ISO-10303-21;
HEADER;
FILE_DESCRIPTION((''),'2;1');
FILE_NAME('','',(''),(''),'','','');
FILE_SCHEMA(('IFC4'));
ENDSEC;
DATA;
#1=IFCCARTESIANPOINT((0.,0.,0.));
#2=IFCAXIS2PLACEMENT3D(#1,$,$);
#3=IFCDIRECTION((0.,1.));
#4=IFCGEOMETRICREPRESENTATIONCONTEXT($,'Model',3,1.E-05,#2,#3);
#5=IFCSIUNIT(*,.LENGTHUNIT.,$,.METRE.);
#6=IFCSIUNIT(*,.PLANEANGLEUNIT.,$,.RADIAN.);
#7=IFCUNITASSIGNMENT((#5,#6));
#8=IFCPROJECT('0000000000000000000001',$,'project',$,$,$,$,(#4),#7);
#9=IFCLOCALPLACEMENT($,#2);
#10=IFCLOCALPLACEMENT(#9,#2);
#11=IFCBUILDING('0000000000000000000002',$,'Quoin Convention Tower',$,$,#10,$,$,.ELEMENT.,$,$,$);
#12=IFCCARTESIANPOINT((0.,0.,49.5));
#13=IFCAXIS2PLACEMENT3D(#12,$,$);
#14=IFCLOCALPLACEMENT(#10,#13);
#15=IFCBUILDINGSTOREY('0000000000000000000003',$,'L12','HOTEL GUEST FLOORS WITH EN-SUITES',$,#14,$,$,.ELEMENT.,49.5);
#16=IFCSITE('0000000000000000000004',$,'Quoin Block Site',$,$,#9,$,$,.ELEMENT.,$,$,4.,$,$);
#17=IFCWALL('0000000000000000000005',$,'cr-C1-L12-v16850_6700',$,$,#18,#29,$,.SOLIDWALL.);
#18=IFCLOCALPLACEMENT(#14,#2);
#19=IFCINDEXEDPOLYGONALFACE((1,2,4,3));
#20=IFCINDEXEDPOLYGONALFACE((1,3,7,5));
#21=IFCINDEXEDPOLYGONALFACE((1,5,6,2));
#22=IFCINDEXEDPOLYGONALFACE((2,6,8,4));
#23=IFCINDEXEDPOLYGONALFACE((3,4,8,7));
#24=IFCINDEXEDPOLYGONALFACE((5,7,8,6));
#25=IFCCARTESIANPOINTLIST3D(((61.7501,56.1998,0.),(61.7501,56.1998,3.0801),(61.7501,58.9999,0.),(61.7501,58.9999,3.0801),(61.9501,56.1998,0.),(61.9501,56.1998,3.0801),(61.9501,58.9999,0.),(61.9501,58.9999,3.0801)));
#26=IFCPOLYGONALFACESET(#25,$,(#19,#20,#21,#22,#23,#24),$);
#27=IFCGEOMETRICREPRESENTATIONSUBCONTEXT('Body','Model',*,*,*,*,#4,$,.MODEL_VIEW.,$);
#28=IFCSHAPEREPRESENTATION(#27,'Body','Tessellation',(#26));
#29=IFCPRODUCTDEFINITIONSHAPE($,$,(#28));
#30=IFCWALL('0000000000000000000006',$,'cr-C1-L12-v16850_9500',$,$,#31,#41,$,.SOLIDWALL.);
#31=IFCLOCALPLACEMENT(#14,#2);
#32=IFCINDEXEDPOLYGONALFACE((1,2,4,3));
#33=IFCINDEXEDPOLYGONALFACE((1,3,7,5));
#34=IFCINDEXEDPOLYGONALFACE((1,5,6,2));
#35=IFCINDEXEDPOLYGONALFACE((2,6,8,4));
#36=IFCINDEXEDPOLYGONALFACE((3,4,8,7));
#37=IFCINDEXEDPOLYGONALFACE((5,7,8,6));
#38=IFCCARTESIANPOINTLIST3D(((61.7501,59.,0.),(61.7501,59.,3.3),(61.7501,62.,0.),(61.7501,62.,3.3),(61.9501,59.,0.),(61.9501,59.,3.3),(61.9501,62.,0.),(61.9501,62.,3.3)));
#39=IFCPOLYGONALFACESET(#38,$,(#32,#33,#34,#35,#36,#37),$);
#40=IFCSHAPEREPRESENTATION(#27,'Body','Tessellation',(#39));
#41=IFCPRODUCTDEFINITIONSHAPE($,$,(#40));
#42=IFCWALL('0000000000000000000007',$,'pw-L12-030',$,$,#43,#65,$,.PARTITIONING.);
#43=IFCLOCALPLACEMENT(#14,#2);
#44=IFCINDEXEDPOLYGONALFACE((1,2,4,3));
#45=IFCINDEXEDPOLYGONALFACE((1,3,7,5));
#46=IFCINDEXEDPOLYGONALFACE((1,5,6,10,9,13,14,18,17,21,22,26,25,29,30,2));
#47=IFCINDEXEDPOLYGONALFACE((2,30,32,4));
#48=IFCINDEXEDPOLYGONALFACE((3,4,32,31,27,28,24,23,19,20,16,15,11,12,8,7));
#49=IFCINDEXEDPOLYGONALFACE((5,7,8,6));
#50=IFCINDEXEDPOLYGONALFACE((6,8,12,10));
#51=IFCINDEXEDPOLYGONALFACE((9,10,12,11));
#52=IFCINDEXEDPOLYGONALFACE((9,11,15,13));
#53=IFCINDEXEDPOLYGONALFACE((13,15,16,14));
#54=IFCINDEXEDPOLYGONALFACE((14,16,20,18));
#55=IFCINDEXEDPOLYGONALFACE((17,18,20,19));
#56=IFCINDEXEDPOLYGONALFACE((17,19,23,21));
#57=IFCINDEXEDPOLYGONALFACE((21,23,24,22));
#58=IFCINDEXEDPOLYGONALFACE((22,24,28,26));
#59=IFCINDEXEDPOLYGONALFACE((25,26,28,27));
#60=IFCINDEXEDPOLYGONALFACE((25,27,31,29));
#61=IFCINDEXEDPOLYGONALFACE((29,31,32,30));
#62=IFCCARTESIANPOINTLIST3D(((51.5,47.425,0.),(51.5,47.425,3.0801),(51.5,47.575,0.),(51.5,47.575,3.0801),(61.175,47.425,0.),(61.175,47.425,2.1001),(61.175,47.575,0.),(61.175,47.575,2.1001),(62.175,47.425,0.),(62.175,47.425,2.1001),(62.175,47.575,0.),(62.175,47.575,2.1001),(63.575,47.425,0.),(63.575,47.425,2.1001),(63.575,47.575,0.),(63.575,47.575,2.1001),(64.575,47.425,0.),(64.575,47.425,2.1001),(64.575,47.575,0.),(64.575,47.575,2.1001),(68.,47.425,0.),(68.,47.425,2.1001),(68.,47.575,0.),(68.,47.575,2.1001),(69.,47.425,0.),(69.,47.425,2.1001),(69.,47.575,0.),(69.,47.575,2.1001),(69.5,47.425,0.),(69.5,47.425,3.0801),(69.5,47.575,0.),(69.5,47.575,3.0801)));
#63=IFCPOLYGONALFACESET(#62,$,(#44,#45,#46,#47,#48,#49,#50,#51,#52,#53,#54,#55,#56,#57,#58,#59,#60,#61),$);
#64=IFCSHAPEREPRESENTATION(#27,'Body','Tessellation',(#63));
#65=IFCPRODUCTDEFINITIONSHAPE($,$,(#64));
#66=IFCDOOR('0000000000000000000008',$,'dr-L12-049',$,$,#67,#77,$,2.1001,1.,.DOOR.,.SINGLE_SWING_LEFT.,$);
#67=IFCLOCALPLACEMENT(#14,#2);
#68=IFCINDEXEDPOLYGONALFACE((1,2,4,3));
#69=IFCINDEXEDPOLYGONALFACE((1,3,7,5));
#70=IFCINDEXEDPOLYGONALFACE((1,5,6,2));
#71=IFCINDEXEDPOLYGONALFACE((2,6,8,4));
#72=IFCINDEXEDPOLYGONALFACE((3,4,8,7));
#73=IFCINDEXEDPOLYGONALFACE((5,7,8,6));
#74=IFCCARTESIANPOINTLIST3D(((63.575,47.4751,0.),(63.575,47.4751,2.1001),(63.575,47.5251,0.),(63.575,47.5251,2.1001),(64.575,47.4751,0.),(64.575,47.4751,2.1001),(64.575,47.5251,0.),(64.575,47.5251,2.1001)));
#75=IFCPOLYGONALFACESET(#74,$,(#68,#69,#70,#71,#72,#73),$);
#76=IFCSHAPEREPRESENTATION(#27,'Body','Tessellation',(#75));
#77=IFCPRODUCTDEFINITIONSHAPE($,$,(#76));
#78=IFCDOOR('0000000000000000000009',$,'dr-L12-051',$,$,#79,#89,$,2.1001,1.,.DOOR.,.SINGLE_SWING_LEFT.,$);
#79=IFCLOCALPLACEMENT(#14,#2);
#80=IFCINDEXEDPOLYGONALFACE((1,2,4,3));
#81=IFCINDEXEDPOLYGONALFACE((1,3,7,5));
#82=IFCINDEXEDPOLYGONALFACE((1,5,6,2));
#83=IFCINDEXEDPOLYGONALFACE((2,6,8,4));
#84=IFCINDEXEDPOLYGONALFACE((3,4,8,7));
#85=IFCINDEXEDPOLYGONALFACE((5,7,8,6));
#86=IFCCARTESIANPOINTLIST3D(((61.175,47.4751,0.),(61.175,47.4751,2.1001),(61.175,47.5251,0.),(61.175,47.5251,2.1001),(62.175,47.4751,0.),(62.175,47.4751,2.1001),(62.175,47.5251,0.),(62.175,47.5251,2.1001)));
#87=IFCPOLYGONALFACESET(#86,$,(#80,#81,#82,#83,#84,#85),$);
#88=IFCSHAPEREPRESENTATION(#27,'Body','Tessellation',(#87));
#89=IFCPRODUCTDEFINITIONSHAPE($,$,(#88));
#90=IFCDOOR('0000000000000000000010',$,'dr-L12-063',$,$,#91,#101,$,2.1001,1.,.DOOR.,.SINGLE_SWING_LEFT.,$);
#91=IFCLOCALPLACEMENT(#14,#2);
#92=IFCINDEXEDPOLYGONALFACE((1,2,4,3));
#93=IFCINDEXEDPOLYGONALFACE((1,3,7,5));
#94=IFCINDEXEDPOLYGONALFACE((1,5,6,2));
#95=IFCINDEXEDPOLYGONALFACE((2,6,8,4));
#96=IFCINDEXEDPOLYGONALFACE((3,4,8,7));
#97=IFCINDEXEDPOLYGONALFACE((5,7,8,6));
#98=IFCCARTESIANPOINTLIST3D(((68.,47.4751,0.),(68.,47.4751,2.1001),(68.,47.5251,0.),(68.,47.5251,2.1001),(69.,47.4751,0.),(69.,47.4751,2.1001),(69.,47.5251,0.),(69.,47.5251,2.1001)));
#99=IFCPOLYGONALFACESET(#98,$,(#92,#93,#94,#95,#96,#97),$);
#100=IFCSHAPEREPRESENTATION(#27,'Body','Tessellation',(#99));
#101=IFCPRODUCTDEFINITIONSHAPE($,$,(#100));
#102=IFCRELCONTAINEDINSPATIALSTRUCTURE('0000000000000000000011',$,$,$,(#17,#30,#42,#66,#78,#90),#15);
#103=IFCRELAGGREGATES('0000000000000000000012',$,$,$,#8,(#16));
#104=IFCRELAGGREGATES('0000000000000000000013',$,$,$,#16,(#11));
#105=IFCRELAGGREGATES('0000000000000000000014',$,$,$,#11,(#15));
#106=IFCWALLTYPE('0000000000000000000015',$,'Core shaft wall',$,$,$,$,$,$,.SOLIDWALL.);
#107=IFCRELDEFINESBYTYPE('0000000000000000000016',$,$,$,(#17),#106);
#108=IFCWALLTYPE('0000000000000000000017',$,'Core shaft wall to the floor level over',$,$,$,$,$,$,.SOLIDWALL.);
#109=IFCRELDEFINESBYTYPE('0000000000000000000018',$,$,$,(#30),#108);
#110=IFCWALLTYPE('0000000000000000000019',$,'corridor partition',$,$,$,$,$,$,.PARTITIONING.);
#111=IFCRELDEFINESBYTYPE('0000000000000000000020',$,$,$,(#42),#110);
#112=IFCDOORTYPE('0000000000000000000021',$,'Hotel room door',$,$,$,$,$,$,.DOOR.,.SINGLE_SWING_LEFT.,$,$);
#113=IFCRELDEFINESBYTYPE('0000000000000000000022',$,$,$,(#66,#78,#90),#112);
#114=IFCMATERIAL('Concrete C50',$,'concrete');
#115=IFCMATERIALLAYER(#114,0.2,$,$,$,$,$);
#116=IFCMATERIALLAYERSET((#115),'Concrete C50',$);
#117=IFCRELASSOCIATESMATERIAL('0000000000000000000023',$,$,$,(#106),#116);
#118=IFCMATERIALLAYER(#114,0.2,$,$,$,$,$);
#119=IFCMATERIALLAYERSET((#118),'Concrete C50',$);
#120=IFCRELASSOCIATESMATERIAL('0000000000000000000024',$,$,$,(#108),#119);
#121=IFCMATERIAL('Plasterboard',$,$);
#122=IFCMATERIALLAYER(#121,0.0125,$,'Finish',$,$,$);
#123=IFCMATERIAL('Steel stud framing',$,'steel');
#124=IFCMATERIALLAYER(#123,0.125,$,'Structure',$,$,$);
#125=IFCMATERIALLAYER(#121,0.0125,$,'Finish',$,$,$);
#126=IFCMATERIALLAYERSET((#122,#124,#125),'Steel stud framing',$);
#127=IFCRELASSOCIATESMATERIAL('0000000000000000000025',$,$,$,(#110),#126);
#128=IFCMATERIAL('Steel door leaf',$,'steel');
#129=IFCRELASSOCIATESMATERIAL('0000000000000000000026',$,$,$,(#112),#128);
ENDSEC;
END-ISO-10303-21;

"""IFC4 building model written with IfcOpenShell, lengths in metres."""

from ifc_helpers import new_model, si_unit, direction, frame, frame_2d, origin, place, context, subcontext, project, spatial, rectangle, extrude, material, layer, layer_set, type_object, element, fill, save


model = new_model("IFC4")

# Units and contexts
model_context = context("Model", 3, precision=1e-05, world=origin(), true_north=direction((0.0, 1.0)))
body_context = subcontext(model_context, "Body", "Model", "MODEL_VIEW")
ifc_project = project(units=[si_unit("LENGTHUNIT", "METRE"), si_unit("PLANEANGLEUNIT", "RADIAN")], contexts=[model_context])

# Site, building, storey
site_placement = place(None, origin())
site = spatial("IfcSite", under=ifc_project, at=site_placement, Name="Quoin Block Site", CompositionType="ELEMENT", RefElevation=4.0)
building_placement = place(site_placement, origin())
building = spatial("IfcBuilding", under=site, at=building_placement, Name="Quoin Convention Tower", CompositionType="ELEMENT")
storey_placement = place(building_placement, frame((0.0, 0.0, 49.5)))
storey = spatial("IfcBuildingStorey", under=building, at=storey_placement, Name="L12", Description="HOTEL GUEST FLOORS WITH EN-SUITES", CompositionType="ELEMENT", Elevation=49.5)

# Shared definitions
ifc_material_1 = material(Name="Plasterboard")
ifc_material_2 = material(Name="Steel stud framing", Category="steel")
ifc_material_3 = material(Name="Steel door leaf", Category="steel")

# Walls
ifc_material_4 = material(Name="Concrete C50", Category="concrete")
ifc_layer_1 = layer(ifc_material_4, 0.2)
ifc_layer_set_1 = layer_set([ifc_layer_1], Name="Concrete C50")
wall_type_1 = type_object("IfcWallType", Name="Core shaft wall", PredefinedType="SOLIDWALL", material=ifc_layer_set_1)
wall_1_placement = place(storey_placement, frame((61.8501, 56.2, 0.0), z_axis=(0.0, 0.0, 1.0), x_axis=(0.0, 1.0, 0.0)))
element("IfcWall", 1, at=wall_1_placement, inside=storey, type_object=wall_type_1, Name="cr-C1-L12-v16850_6700", PredefinedType="SOLIDWALL", context=body_context, shape_type="SweptSolid", body=[
    extrude(rectangle(XDim=2.8, YDim=0.2, at=frame_2d((1.3999, 0.0))), origin(), (0.0, 0.0, 1.0), 3.0801),
])
ifc_layer_2 = layer(ifc_material_4, 0.2)
ifc_layer_set_2 = layer_set([ifc_layer_2], Name="Concrete C50")
wall_type_2 = type_object("IfcWallType", Name="Core shaft wall to the floor level over", PredefinedType="SOLIDWALL", material=ifc_layer_set_2)
wall_2_placement = place(storey_placement, frame((61.8501, 59.0, 0.0), z_axis=(0.0, 0.0, 1.0), x_axis=(0.0, 1.0, 0.0)))
element("IfcWall", 2, at=wall_2_placement, inside=storey, type_object=wall_type_2, Name="cr-C1-L12-v16850_9500", PredefinedType="SOLIDWALL", context=body_context, shape_type="SweptSolid", body=[
    extrude(rectangle(XDim=3.0, YDim=0.2, at=frame_2d((1.5, 0.0))), origin(), (0.0, 0.0, 1.0), 3.3),
])

# Wall, openings, doors
ifc_layer_3 = layer(ifc_material_1, 0.0125, Name="Finish")
ifc_layer_4 = layer(ifc_material_2, 0.125, Name="Structure")
ifc_layer_5 = layer(ifc_material_1, 0.0125, Name="Finish")
ifc_layer_set_3 = layer_set([ifc_layer_3, ifc_layer_4, ifc_layer_5], Name="Steel stud framing")
wall_type_3 = type_object("IfcWallType", Name="corridor partition", PredefinedType="PARTITIONING", material=ifc_layer_set_3)
wall_3_placement = place(storey_placement, frame((51.5, 47.5, 0.0), z_axis=(0.0, 0.0, 1.0), x_axis=(1.0, 0.0, 0.0)))
wall_3 = element("IfcWall", 3, at=wall_3_placement, inside=storey, type_object=wall_type_3, Name="pw-L12-030", PredefinedType="PARTITIONING", context=body_context, shape_type="SweptSolid", body=[
    extrude(rectangle(XDim=18.0, YDim=0.1499, at=frame_2d((9.0, 0.0))), origin(), (0.0, 0.0, 1.0), 3.0801),
])
opening_1_placement = place(wall_3_placement, frame((12.075, 0.0, 0.0)))
opening_1 = element("IfcOpeningElement", 4, at=opening_1_placement, cuts=wall_3, PredefinedType="OPENING", context=body_context, shape_type="SweptSolid", body=[
    extrude(rectangle(XDim=1.0, YDim=2.1001, at=frame_2d((0.5, 1.05))), frame((0.0, 0.085, 0.0), z_axis=(0.0, -1.0, 0.0), x_axis=(1.0, 0.0, 0.0)), (0.0, 0.0, 1.0), 0.1699),
])
opening_2_placement = place(wall_3_placement, frame((9.675, 0.0, 0.0)))
opening_2 = element("IfcOpeningElement", 5, at=opening_2_placement, cuts=wall_3, PredefinedType="OPENING", context=body_context, shape_type="SweptSolid", body=[
    extrude(rectangle(XDim=1.0, YDim=2.1001, at=frame_2d((0.5, 1.05))), frame((0.0, 0.085, 0.0), z_axis=(0.0, -1.0, 0.0), x_axis=(1.0, 0.0, 0.0)), (0.0, 0.0, 1.0), 0.1699),
])
opening_3_placement = place(wall_3_placement, frame((16.5, 0.0, 0.0)))
opening_3 = element("IfcOpeningElement", 6, at=opening_3_placement, cuts=wall_3, PredefinedType="OPENING", context=body_context, shape_type="SweptSolid", body=[
    extrude(rectangle(XDim=1.0, YDim=2.1001, at=frame_2d((0.5, 1.05))), frame((0.0, 0.085, 0.0), z_axis=(0.0, -1.0, 0.0), x_axis=(1.0, 0.0, 0.0)), (0.0, 0.0, 1.0), 0.1699),
])
door_type_1 = type_object("IfcDoorType", Name="Hotel room door", OperationType="SINGLE_SWING_LEFT", PredefinedType="DOOR", material=ifc_material_3)
door_1_placement = place(opening_1_placement, frame((1.0, 0.0, 0.0), z_axis=(0.0, 0.0, 1.0), x_axis=(-1.0, 0.0, 0.0)))
door_1 = element("IfcDoor", 7, at=door_1_placement, inside=storey, type_object=door_type_1, Name="dr-L12-049", OperationType="SINGLE_SWING_LEFT", OverallHeight=2.1001, OverallWidth=1.0, PredefinedType="DOOR", context=body_context, shape_type="SweptSolid", body=[
    extrude(rectangle(XDim=1.0, YDim=2.1001, at=frame_2d((0.5, 1.05))), frame((0.0, 0.0249, 0.0), z_axis=(0.0, -1.0, 0.0), x_axis=(1.0, 0.0, 0.0)), (0.0, 0.0, 1.0), 0.05),
])
fill(opening_1, door_1)
door_2_placement = place(opening_2_placement, frame((1.0, 0.0, 0.0), z_axis=(0.0, 0.0, 1.0), x_axis=(-1.0, 0.0, 0.0)))
door_2 = element("IfcDoor", 8, at=door_2_placement, inside=storey, type_object=door_type_1, Name="dr-L12-051", OperationType="SINGLE_SWING_LEFT", OverallHeight=2.1001, OverallWidth=1.0, PredefinedType="DOOR", context=body_context, shape_type="SweptSolid", body=[
    extrude(rectangle(XDim=1.0, YDim=2.1001, at=frame_2d((0.5, 1.05))), frame((0.0, 0.0249, 0.0), z_axis=(0.0, -1.0, 0.0), x_axis=(1.0, 0.0, 0.0)), (0.0, 0.0, 1.0), 0.05),
])
fill(opening_2, door_2)
door_3_placement = place(opening_3_placement, frame((1.0, 0.0, 0.0), z_axis=(0.0, 0.0, 1.0), x_axis=(-1.0, 0.0, 0.0)))
door_3 = element("IfcDoor", 9, at=door_3_placement, inside=storey, type_object=door_type_1, Name="dr-L12-063", OperationType="SINGLE_SWING_LEFT", OverallHeight=2.1001, OverallWidth=1.0, PredefinedType="DOOR", context=body_context, shape_type="SweptSolid", body=[
    extrude(rectangle(XDim=1.0, YDim=2.1001, at=frame_2d((0.5, 1.05))), frame((0.0, 0.0249, 0.0), z_axis=(0.0, -1.0, 0.0), x_axis=(1.0, 0.0, 0.0)), (0.0, 0.0, 1.0), 0.05),
])
fill(opening_3, door_3)

save(model, "model.ifc")
